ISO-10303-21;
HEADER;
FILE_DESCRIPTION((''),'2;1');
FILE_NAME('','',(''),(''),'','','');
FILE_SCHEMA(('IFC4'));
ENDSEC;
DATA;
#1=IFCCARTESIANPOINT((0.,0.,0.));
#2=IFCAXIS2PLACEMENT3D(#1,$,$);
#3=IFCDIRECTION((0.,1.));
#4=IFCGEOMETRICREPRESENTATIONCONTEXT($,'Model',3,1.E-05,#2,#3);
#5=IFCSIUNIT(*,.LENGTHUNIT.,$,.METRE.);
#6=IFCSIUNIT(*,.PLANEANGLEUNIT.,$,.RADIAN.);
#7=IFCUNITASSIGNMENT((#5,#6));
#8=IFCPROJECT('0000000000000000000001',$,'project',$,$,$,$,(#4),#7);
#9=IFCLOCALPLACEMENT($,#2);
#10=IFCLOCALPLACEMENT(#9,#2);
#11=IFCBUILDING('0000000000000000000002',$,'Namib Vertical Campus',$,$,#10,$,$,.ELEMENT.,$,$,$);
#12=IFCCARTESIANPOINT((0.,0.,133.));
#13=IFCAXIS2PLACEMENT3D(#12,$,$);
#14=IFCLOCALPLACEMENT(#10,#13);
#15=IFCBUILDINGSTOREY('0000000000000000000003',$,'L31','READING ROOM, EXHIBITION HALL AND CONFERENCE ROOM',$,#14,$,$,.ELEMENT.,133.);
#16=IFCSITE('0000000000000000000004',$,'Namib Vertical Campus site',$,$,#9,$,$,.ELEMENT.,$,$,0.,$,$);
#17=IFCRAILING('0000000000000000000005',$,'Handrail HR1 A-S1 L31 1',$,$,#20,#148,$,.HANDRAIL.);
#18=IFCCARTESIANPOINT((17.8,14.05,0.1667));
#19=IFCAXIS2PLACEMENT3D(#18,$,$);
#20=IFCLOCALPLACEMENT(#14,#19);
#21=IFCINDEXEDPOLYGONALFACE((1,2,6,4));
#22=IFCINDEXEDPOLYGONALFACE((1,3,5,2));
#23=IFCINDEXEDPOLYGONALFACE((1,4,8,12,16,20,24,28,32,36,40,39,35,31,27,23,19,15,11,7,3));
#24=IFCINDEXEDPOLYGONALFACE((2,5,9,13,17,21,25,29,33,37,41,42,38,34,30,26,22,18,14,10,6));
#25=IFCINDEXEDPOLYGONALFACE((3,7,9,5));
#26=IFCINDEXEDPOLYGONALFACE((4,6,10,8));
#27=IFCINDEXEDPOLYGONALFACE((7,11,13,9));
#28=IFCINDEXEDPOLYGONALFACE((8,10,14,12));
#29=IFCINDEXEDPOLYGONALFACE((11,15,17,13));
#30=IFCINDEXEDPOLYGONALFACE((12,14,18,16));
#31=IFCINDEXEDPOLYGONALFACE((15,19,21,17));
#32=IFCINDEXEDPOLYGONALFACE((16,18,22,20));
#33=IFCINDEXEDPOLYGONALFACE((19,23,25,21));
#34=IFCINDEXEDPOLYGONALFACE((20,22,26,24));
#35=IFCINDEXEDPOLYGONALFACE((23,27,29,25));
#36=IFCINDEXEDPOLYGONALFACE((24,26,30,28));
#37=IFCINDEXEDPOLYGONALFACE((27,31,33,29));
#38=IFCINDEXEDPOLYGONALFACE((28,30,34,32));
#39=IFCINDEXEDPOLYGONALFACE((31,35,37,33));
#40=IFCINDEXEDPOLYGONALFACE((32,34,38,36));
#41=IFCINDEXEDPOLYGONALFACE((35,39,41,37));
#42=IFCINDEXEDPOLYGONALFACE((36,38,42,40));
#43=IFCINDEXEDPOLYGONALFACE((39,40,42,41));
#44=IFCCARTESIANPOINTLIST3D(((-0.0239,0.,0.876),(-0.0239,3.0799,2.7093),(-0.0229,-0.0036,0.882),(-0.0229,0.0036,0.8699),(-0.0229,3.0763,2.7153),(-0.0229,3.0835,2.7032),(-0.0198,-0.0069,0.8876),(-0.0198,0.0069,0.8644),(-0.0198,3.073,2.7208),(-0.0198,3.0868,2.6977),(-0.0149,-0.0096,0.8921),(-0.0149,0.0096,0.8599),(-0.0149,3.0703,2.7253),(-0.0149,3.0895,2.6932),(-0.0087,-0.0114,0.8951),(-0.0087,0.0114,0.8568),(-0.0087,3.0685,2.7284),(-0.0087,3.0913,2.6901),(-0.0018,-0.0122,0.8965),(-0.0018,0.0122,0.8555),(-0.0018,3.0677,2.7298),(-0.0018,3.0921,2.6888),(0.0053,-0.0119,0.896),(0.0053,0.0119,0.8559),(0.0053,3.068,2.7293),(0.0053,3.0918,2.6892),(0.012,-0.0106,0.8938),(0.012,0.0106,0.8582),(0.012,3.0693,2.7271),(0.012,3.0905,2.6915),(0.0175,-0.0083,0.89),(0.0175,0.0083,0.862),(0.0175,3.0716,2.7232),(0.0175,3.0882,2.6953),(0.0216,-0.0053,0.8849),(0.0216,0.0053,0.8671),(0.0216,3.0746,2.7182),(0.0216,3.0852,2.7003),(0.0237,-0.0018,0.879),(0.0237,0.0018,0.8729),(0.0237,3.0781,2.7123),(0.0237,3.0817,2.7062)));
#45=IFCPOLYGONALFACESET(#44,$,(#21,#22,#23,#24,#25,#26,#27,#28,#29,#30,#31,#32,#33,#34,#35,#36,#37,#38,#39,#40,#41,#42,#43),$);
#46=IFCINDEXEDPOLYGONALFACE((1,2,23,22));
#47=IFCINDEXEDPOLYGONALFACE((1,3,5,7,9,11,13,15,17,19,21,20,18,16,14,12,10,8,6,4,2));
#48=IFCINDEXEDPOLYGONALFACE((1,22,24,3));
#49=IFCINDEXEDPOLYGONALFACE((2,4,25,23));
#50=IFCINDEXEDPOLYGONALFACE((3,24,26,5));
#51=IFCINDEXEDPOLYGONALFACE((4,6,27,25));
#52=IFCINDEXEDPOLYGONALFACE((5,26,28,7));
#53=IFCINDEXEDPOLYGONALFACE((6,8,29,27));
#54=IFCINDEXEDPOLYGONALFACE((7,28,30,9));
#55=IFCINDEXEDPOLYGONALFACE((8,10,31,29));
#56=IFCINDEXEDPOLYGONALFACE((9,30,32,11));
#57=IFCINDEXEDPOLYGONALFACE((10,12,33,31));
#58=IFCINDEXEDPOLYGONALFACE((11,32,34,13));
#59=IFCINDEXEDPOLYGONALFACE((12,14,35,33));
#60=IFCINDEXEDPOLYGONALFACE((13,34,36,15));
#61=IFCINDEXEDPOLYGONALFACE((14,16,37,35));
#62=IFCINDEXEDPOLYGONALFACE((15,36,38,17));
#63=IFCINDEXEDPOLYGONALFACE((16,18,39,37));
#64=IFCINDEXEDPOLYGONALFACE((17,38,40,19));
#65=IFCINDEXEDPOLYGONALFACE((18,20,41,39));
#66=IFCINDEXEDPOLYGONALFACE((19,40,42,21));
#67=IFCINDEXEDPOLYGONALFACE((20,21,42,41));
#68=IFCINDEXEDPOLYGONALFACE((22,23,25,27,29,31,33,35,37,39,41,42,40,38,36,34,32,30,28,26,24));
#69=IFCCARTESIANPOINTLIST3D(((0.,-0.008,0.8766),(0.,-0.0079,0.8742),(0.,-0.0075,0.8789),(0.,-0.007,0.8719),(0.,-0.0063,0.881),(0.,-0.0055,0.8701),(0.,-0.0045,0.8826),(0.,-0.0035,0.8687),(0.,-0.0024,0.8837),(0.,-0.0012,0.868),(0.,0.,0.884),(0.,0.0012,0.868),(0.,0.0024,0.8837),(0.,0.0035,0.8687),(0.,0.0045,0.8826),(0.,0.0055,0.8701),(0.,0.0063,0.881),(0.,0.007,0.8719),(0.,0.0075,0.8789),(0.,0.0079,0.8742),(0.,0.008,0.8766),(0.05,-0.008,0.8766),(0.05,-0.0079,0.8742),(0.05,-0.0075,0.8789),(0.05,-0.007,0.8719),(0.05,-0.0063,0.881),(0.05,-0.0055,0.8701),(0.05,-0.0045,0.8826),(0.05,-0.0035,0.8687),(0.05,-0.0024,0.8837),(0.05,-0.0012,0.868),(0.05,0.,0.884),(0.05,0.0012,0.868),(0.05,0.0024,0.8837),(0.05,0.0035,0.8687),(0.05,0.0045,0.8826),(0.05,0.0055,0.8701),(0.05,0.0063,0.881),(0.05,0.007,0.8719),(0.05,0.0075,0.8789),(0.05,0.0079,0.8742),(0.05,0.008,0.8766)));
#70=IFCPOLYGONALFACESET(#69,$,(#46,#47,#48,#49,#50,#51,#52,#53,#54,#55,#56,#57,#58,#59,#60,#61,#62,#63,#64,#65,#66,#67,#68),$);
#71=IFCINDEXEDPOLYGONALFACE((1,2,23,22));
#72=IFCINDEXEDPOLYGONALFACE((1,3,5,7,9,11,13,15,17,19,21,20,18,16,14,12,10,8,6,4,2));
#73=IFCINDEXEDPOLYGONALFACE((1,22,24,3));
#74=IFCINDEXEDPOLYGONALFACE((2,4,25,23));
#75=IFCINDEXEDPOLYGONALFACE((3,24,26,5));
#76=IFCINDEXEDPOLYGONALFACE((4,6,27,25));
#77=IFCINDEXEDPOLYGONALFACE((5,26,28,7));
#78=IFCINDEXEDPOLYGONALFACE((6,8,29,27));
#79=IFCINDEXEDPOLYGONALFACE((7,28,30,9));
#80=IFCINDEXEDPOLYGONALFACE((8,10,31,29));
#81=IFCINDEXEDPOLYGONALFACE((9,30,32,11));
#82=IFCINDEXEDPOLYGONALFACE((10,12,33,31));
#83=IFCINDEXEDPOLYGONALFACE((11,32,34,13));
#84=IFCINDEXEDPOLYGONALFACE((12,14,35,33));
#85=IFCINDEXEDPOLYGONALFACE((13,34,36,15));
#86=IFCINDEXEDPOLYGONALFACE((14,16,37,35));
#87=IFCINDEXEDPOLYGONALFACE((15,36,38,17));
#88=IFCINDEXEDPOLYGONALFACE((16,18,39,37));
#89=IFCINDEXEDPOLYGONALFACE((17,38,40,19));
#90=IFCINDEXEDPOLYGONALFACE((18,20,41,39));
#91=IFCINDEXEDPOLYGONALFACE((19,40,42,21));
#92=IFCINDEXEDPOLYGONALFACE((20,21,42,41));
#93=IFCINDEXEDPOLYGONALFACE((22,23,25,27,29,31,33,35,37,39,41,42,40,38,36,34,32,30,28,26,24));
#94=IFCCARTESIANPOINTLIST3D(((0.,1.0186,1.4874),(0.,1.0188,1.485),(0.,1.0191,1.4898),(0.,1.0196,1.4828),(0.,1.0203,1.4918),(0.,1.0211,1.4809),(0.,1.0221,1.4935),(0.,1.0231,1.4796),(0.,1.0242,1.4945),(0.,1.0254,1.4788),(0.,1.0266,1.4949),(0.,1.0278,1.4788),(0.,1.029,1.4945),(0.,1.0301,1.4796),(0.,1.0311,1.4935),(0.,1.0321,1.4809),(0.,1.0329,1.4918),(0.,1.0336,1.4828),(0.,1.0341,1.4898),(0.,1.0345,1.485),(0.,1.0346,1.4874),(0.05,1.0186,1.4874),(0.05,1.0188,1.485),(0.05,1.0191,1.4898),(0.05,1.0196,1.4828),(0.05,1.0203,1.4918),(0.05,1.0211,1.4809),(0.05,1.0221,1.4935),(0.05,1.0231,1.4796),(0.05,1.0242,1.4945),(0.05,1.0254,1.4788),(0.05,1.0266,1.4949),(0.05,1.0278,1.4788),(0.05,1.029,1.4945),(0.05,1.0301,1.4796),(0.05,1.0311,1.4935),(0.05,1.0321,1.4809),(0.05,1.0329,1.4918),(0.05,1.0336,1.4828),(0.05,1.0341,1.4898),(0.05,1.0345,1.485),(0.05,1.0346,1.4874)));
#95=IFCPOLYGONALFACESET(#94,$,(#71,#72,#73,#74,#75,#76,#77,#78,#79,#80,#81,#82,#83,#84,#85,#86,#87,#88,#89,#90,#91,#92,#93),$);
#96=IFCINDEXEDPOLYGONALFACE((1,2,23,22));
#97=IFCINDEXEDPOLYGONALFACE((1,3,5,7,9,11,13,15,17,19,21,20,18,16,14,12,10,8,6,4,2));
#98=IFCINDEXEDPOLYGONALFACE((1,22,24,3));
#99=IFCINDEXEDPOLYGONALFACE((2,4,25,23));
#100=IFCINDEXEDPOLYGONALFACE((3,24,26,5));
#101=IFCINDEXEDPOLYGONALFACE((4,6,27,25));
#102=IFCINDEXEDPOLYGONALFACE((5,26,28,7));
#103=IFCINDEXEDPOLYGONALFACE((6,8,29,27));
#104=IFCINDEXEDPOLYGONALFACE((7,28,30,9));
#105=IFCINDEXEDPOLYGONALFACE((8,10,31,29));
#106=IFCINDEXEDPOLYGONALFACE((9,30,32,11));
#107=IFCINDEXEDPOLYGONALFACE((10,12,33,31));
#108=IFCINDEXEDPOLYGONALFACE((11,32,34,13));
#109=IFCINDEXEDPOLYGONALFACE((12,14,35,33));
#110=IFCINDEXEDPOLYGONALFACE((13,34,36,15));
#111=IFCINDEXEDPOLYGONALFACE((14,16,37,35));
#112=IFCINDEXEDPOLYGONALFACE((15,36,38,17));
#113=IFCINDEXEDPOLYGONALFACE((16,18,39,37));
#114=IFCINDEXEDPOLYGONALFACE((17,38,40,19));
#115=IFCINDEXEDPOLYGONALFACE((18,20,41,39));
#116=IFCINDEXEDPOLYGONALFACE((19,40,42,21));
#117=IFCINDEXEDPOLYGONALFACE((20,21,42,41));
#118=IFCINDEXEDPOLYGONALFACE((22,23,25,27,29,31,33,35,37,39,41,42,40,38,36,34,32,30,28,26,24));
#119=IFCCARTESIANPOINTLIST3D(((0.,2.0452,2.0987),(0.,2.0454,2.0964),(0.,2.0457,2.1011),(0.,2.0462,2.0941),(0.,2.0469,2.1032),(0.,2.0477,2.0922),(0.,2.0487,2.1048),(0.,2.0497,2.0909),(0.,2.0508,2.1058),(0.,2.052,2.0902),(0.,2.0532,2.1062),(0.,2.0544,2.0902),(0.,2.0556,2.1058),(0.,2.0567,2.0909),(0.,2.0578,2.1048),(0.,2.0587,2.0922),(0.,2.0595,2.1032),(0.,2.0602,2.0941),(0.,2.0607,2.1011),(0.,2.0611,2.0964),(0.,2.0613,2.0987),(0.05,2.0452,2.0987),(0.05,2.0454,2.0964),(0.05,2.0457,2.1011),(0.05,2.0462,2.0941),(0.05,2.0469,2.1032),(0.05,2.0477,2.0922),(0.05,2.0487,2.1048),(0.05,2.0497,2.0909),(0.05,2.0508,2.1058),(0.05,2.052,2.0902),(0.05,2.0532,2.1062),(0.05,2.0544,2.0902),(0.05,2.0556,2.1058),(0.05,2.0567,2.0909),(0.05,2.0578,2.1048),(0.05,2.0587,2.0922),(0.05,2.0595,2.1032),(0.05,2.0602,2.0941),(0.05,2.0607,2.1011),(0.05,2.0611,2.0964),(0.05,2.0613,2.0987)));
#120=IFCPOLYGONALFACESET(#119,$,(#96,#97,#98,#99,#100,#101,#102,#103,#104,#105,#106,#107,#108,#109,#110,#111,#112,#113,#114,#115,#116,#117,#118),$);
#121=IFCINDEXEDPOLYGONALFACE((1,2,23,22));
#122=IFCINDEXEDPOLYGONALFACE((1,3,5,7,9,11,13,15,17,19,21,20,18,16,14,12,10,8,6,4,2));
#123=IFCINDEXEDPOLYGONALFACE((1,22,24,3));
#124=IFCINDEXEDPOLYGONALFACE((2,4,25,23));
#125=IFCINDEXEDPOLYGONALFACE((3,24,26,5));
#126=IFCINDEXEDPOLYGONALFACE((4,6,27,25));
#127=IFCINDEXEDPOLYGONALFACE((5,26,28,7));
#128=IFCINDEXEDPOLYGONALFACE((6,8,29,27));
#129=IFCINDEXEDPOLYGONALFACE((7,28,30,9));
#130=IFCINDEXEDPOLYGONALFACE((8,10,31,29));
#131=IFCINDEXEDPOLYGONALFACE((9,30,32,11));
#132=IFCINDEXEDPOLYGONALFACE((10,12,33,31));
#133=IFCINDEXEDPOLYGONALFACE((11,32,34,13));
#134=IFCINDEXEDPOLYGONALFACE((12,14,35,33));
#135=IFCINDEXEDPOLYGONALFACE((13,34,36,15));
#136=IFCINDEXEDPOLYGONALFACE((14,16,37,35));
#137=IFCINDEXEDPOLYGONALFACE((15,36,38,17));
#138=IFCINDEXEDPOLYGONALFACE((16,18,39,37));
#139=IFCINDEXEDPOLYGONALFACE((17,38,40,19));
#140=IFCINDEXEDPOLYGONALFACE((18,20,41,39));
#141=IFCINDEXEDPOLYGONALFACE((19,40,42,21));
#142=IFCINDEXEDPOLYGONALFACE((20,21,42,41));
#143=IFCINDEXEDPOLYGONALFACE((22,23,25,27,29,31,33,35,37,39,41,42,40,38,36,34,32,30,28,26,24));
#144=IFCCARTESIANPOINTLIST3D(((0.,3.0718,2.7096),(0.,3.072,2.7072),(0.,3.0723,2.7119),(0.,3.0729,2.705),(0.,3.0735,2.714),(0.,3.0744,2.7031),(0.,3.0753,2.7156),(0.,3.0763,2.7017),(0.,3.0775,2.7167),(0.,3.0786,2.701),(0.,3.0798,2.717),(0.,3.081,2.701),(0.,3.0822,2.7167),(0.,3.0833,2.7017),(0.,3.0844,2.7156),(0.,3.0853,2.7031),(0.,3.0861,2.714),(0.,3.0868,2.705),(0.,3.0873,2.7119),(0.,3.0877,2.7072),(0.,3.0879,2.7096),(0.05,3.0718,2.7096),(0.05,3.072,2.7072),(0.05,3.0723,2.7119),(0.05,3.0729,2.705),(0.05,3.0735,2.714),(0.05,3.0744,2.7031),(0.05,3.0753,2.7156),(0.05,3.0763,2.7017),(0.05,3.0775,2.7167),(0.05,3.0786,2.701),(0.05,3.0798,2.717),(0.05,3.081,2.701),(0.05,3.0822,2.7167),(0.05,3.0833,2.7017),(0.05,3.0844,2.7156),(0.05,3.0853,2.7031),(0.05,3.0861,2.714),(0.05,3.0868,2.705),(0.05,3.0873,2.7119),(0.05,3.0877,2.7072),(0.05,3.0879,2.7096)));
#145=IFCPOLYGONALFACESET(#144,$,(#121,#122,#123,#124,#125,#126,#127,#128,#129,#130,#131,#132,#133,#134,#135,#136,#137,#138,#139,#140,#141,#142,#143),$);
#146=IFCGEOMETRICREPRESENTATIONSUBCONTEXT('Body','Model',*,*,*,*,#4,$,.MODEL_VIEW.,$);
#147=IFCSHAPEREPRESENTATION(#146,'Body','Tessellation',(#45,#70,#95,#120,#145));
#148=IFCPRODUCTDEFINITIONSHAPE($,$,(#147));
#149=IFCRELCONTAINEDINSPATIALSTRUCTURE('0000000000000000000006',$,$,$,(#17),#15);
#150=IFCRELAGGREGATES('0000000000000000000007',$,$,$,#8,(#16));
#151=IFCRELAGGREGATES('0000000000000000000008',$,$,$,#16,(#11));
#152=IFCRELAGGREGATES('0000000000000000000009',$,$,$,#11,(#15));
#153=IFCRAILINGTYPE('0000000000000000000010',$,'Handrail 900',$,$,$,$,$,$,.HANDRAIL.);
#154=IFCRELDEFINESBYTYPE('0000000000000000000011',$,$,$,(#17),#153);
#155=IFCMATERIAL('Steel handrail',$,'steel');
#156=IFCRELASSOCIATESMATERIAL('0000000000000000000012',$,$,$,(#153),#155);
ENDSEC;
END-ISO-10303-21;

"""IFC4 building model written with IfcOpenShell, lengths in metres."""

from ifc_helpers import new_model, si_unit, direction, frame, origin, origin_2d, place, context, subcontext, project, spatial, circle, extrude, material, type_object, element, save


model = new_model("IFC4")

# Units and contexts
model_context = context("Model", 3, precision=1e-05, world=origin(), true_north=direction((0.0, 1.0)))
body_context = subcontext(model_context, "Body", "Model", "MODEL_VIEW")
ifc_project = project(units=[si_unit("LENGTHUNIT", "METRE"), si_unit("PLANEANGLEUNIT", "RADIAN")], contexts=[model_context])

# Site, building, storey
site_placement = place(None, origin())
site = spatial("IfcSite", under=ifc_project, at=site_placement, Name="Namib Vertical Campus site", CompositionType="ELEMENT", RefElevation=0.0)
building_placement = place(site_placement, origin())
building = spatial("IfcBuilding", under=site, at=building_placement, Name="Namib Vertical Campus", CompositionType="ELEMENT")
storey_placement = place(building_placement, frame((0.0, 0.0, 133.0)))
storey = spatial("IfcBuildingStorey", under=building, at=storey_placement, Name="L31", Description="READING ROOM, EXHIBITION HALL AND CONFERENCE ROOM", CompositionType="ELEMENT", Elevation=133.0)

# Railing
ifc_material_1 = material(Name="Steel handrail", Category="steel")
railing_type_1 = type_object("IfcRailingType", Name="Handrail 900", PredefinedType="HANDRAIL", material=ifc_material_1)
railing_1_placement = place(storey_placement, frame((17.8, 14.05, 0.1667)))
element("IfcRailing", 1, at=railing_1_placement, inside=storey, type_object=railing_type_1, Name="Handrail HR1 A-S1 L31 1", PredefinedType="HANDRAIL", context=body_context, shape_type="SweptSolid", body=[
    extrude(circle(Radius=0.0239, at=origin_2d()), frame((0.0, 0.0, 0.876), z_axis=(0.0, 0.859291, 0.511487), x_axis=(-1.0, 0.0, 0.0)), (0.0, 0.0, 1.0), 3.5842),
    extrude(circle(Radius=0.0081, at=origin_2d()), frame((0.0, 0.0, 0.876), z_axis=(1.0, 0.0, 0.0), x_axis=(0.0, 0.0, 1.0)), (0.0, 0.0, 1.0), 0.05),
    extrude(circle(Radius=0.0081, at=origin_2d()), frame((0.0, 1.0266, 1.4868), z_axis=(1.0, 0.0, 0.0), x_axis=(0.0, 0.0, 1.0)), (0.0, 0.0, 1.0), 0.05),
    extrude(circle(Radius=0.0081, at=origin_2d()), frame((0.0, 2.0532, 2.0981), z_axis=(1.0, 0.0, 0.0), x_axis=(0.0, 0.0, 1.0)), (0.0, 0.0, 1.0), 0.05),
    extrude(circle(Radius=0.0081, at=origin_2d()), frame((0.0, 3.0798, 2.709), z_axis=(1.0, 0.0, 0.0), x_axis=(0.0, 0.0, 1.0)), (0.0, 0.0, 1.0), 0.05),
])

save(model, "model.ifc")
